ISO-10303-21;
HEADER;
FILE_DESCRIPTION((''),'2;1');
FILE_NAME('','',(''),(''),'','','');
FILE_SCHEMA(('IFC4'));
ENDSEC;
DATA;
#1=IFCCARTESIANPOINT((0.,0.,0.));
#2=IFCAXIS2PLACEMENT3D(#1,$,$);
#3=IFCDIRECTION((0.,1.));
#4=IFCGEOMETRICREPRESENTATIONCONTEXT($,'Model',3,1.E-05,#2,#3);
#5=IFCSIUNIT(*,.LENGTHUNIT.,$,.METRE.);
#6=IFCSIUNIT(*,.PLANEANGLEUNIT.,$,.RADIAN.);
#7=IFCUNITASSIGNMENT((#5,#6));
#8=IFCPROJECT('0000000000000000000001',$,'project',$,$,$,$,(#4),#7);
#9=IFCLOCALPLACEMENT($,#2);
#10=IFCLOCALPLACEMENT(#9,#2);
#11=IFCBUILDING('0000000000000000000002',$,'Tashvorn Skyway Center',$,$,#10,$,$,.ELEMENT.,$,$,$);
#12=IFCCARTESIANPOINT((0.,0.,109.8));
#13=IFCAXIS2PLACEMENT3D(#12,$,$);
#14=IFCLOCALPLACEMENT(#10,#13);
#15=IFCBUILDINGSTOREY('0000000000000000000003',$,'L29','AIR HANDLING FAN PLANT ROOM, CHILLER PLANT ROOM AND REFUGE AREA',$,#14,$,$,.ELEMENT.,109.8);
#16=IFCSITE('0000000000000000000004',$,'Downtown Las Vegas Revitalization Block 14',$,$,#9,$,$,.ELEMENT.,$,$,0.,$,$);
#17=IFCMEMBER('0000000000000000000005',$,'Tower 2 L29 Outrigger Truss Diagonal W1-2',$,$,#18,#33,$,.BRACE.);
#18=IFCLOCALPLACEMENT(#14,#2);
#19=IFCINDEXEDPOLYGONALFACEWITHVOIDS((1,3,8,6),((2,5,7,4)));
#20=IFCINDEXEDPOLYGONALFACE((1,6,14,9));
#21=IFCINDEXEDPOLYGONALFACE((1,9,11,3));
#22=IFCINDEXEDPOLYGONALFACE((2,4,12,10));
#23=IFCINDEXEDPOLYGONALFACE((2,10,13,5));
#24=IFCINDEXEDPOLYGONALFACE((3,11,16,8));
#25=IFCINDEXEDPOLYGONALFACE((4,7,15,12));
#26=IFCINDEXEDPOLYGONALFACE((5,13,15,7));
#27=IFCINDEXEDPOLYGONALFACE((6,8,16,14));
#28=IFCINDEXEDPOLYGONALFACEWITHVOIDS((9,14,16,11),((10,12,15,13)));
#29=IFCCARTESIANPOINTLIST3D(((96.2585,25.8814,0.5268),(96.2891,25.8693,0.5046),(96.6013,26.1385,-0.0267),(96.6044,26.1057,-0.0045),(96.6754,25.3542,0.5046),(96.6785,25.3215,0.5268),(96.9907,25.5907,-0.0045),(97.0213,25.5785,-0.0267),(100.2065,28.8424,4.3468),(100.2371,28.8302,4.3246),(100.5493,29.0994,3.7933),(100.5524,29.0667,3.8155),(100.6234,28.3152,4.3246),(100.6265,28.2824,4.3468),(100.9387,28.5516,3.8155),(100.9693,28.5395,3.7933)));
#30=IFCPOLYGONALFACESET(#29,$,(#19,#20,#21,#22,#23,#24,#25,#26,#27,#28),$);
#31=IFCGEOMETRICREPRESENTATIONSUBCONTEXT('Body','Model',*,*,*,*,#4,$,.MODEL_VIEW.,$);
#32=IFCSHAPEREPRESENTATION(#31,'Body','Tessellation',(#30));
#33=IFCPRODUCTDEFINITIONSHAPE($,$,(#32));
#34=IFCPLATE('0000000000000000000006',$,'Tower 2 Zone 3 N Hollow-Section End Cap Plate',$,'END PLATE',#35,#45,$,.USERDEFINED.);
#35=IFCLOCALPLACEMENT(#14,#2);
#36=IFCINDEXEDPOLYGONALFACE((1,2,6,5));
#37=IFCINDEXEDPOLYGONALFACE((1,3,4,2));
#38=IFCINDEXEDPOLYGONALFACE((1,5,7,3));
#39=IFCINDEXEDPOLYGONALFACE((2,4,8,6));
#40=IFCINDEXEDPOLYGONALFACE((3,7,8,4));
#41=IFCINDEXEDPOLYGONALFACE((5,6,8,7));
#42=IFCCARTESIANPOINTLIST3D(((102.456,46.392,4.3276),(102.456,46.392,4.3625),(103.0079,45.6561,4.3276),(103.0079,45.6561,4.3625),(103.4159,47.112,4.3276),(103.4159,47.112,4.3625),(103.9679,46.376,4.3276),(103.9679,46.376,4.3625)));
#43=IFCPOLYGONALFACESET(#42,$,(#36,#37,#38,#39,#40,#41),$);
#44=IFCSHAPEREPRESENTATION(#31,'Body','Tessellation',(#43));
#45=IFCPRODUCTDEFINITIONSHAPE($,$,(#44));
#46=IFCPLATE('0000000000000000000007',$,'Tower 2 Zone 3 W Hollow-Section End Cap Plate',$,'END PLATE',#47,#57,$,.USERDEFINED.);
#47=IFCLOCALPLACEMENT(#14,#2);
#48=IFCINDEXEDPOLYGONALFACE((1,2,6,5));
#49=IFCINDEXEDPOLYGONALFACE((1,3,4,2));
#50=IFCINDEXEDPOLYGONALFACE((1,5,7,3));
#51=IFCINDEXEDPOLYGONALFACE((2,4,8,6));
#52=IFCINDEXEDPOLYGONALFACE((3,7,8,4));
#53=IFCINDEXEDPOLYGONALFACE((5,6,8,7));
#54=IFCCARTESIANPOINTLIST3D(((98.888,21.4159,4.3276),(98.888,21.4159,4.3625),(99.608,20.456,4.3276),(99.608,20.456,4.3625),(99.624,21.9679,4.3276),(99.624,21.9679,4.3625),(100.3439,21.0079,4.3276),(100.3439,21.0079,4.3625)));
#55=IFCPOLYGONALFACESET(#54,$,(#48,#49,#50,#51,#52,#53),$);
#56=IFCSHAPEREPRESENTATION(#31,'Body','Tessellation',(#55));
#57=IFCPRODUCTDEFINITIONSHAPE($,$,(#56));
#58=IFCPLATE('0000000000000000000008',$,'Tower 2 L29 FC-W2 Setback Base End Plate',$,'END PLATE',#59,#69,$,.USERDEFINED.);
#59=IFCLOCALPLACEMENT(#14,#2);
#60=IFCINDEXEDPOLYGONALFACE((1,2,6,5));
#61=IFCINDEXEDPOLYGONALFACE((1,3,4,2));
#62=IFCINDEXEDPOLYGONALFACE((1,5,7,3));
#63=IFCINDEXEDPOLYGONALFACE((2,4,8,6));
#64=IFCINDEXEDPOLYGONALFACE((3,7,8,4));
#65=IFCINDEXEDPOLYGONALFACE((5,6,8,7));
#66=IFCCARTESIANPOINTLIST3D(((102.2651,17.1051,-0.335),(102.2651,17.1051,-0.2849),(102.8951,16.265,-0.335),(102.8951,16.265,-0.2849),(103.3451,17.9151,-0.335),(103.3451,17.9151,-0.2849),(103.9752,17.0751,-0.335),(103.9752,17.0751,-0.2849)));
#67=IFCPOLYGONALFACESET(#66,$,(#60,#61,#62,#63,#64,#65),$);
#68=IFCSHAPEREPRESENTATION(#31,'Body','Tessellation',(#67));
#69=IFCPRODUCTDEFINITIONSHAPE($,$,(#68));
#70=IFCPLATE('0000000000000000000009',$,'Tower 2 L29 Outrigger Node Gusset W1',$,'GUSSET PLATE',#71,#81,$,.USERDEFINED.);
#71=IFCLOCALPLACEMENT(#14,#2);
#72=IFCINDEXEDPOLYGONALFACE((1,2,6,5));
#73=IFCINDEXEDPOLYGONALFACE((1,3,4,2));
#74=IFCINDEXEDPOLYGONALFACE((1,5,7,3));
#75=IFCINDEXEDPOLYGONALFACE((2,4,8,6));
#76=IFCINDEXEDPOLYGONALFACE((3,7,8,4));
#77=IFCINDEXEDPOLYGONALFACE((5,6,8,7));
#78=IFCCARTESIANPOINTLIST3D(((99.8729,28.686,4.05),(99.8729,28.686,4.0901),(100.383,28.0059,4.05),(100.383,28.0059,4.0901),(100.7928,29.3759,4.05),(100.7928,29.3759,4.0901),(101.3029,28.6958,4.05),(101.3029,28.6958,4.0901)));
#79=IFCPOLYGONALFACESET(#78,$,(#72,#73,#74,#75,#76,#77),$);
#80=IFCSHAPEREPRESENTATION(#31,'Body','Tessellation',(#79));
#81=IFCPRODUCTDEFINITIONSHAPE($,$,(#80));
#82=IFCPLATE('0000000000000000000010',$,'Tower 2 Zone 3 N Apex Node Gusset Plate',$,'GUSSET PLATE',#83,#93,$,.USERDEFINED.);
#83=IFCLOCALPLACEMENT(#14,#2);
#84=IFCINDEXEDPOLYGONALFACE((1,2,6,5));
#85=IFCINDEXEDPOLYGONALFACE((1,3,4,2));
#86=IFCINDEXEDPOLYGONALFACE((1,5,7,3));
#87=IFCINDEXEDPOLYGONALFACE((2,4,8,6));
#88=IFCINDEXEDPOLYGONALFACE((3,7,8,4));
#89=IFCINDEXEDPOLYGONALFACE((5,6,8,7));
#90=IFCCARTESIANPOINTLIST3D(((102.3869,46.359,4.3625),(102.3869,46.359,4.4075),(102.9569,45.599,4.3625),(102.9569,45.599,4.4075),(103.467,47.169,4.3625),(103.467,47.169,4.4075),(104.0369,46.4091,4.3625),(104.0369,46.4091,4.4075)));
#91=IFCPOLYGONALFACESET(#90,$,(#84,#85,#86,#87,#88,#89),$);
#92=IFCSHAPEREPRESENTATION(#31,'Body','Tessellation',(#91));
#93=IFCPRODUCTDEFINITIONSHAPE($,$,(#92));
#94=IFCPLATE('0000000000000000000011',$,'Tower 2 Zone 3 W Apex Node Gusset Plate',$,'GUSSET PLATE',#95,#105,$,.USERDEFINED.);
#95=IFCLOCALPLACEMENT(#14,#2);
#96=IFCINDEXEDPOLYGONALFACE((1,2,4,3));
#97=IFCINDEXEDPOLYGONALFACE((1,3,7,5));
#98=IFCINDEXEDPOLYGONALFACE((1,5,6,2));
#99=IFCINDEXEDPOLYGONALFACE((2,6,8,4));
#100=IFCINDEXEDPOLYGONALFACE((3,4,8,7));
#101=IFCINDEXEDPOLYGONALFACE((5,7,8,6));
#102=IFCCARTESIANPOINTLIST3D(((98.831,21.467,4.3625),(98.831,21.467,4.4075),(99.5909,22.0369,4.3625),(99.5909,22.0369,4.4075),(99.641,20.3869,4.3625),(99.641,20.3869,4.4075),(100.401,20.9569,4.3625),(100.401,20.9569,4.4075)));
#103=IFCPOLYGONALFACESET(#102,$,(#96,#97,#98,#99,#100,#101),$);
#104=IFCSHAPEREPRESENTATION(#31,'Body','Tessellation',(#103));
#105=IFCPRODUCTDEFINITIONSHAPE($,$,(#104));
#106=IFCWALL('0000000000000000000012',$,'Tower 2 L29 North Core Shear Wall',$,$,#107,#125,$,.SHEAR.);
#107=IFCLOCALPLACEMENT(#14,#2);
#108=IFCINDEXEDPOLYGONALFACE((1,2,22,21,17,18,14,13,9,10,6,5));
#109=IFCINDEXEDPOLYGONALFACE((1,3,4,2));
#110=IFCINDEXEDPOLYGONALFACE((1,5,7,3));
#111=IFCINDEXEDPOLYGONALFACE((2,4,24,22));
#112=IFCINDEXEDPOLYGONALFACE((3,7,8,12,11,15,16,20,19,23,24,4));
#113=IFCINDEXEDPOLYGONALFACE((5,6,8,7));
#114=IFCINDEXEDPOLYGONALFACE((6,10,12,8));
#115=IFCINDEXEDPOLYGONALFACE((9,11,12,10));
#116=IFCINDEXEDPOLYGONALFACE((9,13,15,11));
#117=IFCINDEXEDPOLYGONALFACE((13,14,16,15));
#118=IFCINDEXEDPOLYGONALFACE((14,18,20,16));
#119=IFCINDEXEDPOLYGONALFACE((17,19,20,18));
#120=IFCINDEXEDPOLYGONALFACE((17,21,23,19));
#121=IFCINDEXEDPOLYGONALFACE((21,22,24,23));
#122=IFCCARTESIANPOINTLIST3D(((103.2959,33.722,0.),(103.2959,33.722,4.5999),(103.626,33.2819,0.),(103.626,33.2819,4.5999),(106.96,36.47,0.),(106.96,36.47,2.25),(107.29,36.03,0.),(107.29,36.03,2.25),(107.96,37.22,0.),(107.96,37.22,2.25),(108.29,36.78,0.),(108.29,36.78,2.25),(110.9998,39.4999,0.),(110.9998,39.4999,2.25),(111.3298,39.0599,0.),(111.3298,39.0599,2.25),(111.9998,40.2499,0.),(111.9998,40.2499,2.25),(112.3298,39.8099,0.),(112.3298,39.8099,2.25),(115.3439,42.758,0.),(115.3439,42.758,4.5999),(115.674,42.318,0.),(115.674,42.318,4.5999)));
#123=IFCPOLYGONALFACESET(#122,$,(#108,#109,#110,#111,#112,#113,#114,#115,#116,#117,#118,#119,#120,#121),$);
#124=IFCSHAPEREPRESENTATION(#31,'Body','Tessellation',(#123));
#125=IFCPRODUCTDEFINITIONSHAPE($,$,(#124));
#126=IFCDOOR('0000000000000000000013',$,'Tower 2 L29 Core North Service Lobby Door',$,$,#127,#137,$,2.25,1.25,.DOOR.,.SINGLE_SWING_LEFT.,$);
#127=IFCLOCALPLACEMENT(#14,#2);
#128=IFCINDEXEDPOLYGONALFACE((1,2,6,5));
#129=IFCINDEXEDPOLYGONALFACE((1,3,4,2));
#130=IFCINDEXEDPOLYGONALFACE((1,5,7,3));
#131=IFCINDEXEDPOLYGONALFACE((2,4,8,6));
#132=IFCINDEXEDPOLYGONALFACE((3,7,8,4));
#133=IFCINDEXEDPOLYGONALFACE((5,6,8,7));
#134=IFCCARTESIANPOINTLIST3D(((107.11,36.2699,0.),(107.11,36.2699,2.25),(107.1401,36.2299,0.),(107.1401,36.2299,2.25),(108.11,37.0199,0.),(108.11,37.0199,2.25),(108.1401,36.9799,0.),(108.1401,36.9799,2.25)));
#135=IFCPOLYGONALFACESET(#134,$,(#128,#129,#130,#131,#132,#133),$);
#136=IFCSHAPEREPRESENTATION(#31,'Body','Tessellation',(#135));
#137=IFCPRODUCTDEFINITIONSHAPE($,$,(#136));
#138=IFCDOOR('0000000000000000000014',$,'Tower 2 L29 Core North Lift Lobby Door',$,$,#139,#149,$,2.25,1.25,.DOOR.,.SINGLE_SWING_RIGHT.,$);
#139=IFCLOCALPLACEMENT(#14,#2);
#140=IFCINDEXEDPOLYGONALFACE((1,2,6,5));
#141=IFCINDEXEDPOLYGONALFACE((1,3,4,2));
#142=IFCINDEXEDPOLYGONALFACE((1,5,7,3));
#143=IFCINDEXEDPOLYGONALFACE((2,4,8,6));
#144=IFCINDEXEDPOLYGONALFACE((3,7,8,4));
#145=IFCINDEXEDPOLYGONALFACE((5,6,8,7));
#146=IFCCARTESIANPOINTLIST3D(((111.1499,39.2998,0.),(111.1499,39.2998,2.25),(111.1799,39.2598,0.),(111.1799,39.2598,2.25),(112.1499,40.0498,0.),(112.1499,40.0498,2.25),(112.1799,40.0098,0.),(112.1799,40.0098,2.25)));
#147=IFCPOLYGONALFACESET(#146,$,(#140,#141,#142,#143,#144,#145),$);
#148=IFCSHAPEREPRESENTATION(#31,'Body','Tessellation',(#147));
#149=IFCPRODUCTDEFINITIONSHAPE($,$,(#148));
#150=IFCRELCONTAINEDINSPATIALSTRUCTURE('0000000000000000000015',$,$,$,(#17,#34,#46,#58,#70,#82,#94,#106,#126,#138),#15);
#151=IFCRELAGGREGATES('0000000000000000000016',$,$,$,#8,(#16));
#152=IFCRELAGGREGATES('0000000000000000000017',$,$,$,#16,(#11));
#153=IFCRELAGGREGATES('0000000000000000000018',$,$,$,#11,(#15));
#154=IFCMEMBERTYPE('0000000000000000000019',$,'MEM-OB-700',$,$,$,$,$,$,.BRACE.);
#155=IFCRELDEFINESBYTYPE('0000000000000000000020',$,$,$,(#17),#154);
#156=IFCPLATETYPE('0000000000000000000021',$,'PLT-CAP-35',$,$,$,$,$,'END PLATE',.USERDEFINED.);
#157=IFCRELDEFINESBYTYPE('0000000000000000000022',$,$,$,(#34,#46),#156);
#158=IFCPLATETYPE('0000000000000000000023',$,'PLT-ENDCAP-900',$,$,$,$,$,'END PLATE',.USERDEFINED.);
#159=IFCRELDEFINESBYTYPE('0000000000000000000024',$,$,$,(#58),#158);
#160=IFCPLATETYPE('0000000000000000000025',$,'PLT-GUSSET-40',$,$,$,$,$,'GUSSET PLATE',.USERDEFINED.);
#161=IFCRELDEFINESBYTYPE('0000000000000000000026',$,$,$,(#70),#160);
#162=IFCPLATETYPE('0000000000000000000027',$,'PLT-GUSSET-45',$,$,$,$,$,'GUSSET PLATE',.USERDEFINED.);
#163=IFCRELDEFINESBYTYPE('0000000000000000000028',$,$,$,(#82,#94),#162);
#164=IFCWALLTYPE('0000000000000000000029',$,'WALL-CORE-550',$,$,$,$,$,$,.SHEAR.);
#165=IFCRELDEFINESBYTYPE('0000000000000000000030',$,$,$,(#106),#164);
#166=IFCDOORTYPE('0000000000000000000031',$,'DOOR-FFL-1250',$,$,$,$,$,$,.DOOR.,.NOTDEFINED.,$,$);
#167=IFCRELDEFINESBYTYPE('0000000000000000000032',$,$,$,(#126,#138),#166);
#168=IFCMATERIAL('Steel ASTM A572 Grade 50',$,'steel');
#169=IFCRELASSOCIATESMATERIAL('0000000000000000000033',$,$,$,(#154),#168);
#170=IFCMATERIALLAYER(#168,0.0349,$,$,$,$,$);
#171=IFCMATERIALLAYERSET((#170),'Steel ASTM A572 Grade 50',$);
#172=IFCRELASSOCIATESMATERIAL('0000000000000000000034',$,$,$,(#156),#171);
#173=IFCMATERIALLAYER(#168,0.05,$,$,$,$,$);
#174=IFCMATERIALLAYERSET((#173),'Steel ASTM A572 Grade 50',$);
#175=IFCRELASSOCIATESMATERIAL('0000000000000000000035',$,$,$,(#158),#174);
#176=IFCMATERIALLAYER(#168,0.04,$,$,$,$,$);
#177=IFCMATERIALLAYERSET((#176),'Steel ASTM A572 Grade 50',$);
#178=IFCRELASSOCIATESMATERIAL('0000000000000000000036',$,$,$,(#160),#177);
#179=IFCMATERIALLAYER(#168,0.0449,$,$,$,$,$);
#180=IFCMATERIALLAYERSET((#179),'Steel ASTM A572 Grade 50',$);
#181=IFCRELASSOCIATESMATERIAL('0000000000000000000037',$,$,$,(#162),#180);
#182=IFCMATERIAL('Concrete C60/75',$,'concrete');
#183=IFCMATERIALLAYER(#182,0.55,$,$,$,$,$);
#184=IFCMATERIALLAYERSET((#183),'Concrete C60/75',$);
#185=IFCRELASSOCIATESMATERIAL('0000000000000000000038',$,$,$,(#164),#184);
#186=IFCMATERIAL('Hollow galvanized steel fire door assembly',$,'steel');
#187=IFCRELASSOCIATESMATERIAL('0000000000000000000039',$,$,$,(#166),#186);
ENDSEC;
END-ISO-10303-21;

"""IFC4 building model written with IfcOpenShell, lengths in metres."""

from ifc_helpers import new_model, si_unit, direction, frame, frame_2d, origin, origin_2d, place, context, subcontext, project, spatial, rectangle, hollow_rectangle, extrude, material, layer, layer_set, material_profile, profile_set, type_object, element, fill, save


model = new_model("IFC4")

# Units and contexts
model_context = context("Model", 3, precision=1e-05, world=origin(), true_north=direction((0.0, 1.0)))
body_context = subcontext(model_context, "Body", "Model", "MODEL_VIEW")
ifc_project = project(units=[si_unit("LENGTHUNIT", "METRE"), si_unit("PLANEANGLEUNIT", "RADIAN")], contexts=[model_context])

# Site, building, storey
site_placement = place(None, origin())
site = spatial("IfcSite", under=ifc_project, at=site_placement, Name="Downtown Las Vegas Revitalization Block 14", CompositionType="ELEMENT", RefElevation=0.0)
building_placement = place(site_placement, origin())
building = spatial("IfcBuilding", under=site, at=building_placement, Name="Tashvorn Skyway Center", CompositionType="ELEMENT")
storey_placement = place(building_placement, frame((0.0, 0.0, 109.8)))
storey = spatial("IfcBuildingStorey", under=building, at=storey_placement, Name="L29", Description="AIR HANDLING FAN PLANT ROOM, CHILLER PLANT ROOM AND REFUGE AREA", CompositionType="ELEMENT", Elevation=109.8)

# Shared definitions
ifc_material_1 = material(Name="Steel ASTM A572 Grade 50", Category="steel")

# Member
ifc_material_profile_1 = material_profile(ifc_material_1, hollow_rectangle(XDim=0.7, YDim=0.7, WallThickness=0.0281, at=origin_2d()), Name="BOX700x700x28")
ifc_profile_set_1 = profile_set([ifc_material_profile_1], Name="Steel ASTM A572 Grade 50")
member_type_1 = type_object("IfcMemberType", Name="MEM-OB-700", PredefinedType="BRACE", material=ifc_profile_set_1)
member_1_placement = place(storey_placement, frame((100.5879, 28.6909, 4.0701), z_axis=(-0.632618, -0.474453, -0.612118), x_axis=(0.599992, -0.800006, 0.0)))
element("IfcMember", 1, at=member_1_placement, inside=storey, type_object=member_type_1, Name="Tower 2 L29 Outrigger Truss Diagonal W1-2", PredefinedType="BRACE", context=body_context, shape_type="SweptSolid", body=[
    extrude(hollow_rectangle(XDim=0.7, YDim=0.7, WallThickness=0.0281, at=origin_2d()), origin(), (0.0, 0.0, 1.0), 6.2407),
])

# Plates
ifc_layer_1 = layer(ifc_material_1, 0.0349)
ifc_layer_set_1 = layer_set([ifc_layer_1], Name="Steel ASTM A572 Grade 50")
plate_type_1 = type_object("IfcPlateType", Name="PLT-CAP-35", ElementType="END PLATE", PredefinedType="USERDEFINED", material=ifc_layer_set_1)
for number, where, z_axis, x_axis, name in (
    (2, (103.2119, 46.384, 4.3276), (0.0, 0.0, 1.0), (-0.8, -0.6, 0.0), "Tower 2 Zone 3 N Hollow-Section End Cap Plate"),
    (3, (99.616, 21.2119, 4.3276), (0.0, 0.0, 1.0), (0.6, -0.8, 0.0), "Tower 2 Zone 3 W Hollow-Section End Cap Plate"),
):
    element("IfcPlate", number, at=place(storey_placement, frame(where, z_axis=z_axis, x_axis=x_axis)), inside=storey, type_object=plate_type_1, Name=name, ObjectType="END PLATE", PredefinedType="USERDEFINED", context=body_context, shape_type="SweptSolid", body=[
        extrude(rectangle(XDim=1.2, YDim=0.9199, at=origin_2d()), origin(), (0.0, 0.0, 1.0), 0.0349),
    ])
ifc_layer_2 = layer(ifc_material_1, 0.05)
ifc_layer_set_2 = layer_set([ifc_layer_2], Name="Steel ASTM A572 Grade 50")
plate_type_2 = type_object("IfcPlateType", Name="PLT-ENDCAP-900", ElementType="END PLATE", PredefinedType="USERDEFINED", material=ifc_layer_set_2)
plate_1_placement = place(storey_placement, frame((103.1201, 17.0901, -0.335), z_axis=(0.0, 0.0, 1.0), x_axis=(0.8, 0.6, 0.0)))
element("IfcPlate", 4, at=plate_1_placement, inside=storey, type_object=plate_type_2, Name="Tower 2 L29 FC-W2 Setback Base End Plate", ObjectType="END PLATE", PredefinedType="USERDEFINED", context=body_context, shape_type="SweptSolid", body=[
    extrude(rectangle(XDim=1.3501, YDim=1.05, at=origin_2d()), origin(), (0.0, 0.0, 1.0), 0.05),
])
ifc_layer_3 = layer(ifc_material_1, 0.04)
ifc_layer_set_3 = layer_set([ifc_layer_3], Name="Steel ASTM A572 Grade 50")
plate_type_3 = type_object("IfcPlateType", Name="PLT-GUSSET-40", ElementType="GUSSET PLATE", PredefinedType="USERDEFINED", material=ifc_layer_set_3)
plate_2_placement = place(storey_placement, frame((100.5879, 28.6909, 4.05), z_axis=(0.0, 0.0, 1.0), x_axis=(0.8, 0.6, 0.0)))
element("IfcPlate", 5, at=plate_2_placement, inside=storey, type_object=plate_type_3, Name="Tower 2 L29 Outrigger Node Gusset W1", ObjectType="GUSSET PLATE", PredefinedType="USERDEFINED", context=body_context, shape_type="SweptSolid", body=[
    extrude(rectangle(XDim=1.1499, YDim=0.8501, at=origin_2d()), origin(), (0.0, 0.0, 1.0), 0.04),
])
ifc_layer_4 = layer(ifc_material_1, 0.0449)
ifc_layer_set_4 = layer_set([ifc_layer_4], Name="Steel ASTM A572 Grade 50")
plate_type_4 = type_object("IfcPlateType", Name="PLT-GUSSET-45", ElementType="GUSSET PLATE", PredefinedType="USERDEFINED", material=ifc_layer_set_4)
for number, where, z_axis, x_axis, name in (
    (6, (103.2119, 46.384, 4.3625), (0.0, 0.0, 1.0), (-0.8, -0.6, 0.0), "Tower 2 Zone 3 N Apex Node Gusset Plate"),
    (7, (99.616, 21.2119, 4.3625), (0.0, 0.0, 1.0), (0.6, -0.8, 0.0), "Tower 2 Zone 3 W Apex Node Gusset Plate"),
):
    element("IfcPlate", number, at=place(storey_placement, frame(where, z_axis=z_axis, x_axis=x_axis)), inside=storey, type_object=plate_type_4, Name=name, ObjectType="GUSSET PLATE", PredefinedType="USERDEFINED", context=body_context, shape_type="SweptSolid", body=[
        extrude(rectangle(XDim=1.3501, YDim=0.95, at=origin_2d()), origin(), (0.0, 0.0, 1.0), 0.0449),
    ])

# Wall, openings, doors
ifc_material_2 = material(Name="Concrete C60/75", Category="concrete")
ifc_layer_5 = layer(ifc_material_2, 0.55)
ifc_layer_set_5 = layer_set([ifc_layer_5], Name="Concrete C60/75")
wall_type_1 = type_object("IfcWallType", Name="WALL-CORE-550", PredefinedType="SHEAR", material=ifc_layer_set_5)
wall_1_placement = place(storey_placement, frame((103.4609, 33.502, 0.0), z_axis=(0.0, 0.0, 1.0), x_axis=(0.799998, 0.600003, 0.0)))
wall_1 = element("IfcWall", 8, at=wall_1_placement, inside=storey, type_object=wall_type_1, Name="Tower 2 L29 North Core Shear Wall", PredefinedType="SHEAR", context=body_context, shape_type="SweptSolid", body=[
    extrude(rectangle(XDim=15.0601, YDim=0.55, at=frame_2d((7.53, 0.0))), origin(), (0.0, 0.0, 1.0), 4.5999),
])
opening_1_placement = place(wall_1_placement, frame((4.5801, 0.0, 0.0)))
opening_1 = element("IfcOpeningElement", 9, at=opening_1_placement, cuts=wall_1, PredefinedType="OPENING", context=body_context, shape_type="SweptSolid", body=[
    extrude(rectangle(XDim=1.25, YDim=2.25, at=frame_2d((0.625, 1.125))), frame((0.0, 0.2849, 0.0), z_axis=(0.0, -1.0, 0.0), x_axis=(1.0, 0.0, 0.0)), (0.0, 0.0, 1.0), 0.5701),
])
opening_2_placement = place(wall_1_placement, frame((9.6299, 0.0, 0.0)))
opening_2 = element("IfcOpeningElement", 10, at=opening_2_placement, cuts=wall_1, PredefinedType="OPENING", context=body_context, shape_type="SweptSolid", body=[
    extrude(rectangle(XDim=1.25, YDim=2.25, at=frame_2d((0.625, 1.125))), frame((0.0, 0.2849, 0.0), z_axis=(0.0, -1.0, 0.0), x_axis=(1.0, 0.0, 0.0)), (0.0, 0.0, 1.0), 0.5701),
])
ifc_material_3 = material(Name="Hollow galvanized steel fire door assembly", Category="steel")
door_type_1 = type_object("IfcDoorType", Name="DOOR-FFL-1250", OperationType="NOTDEFINED", PredefinedType="DOOR", material=ifc_material_3)
door_1_placement = place(opening_1_placement, origin())
door_1 = element("IfcDoor", 11, at=door_1_placement, inside=storey, type_object=door_type_1, Name="Tower 2 L29 Core North Service Lobby Door", OperationType="SINGLE_SWING_LEFT", OverallHeight=2.25, OverallWidth=1.25, PredefinedType="DOOR", context=body_context, shape_type="SweptSolid", body=[
    extrude(rectangle(XDim=1.25, YDim=2.25, at=frame_2d((0.625, 1.125))), frame((0.0, 0.0249, 0.0), z_axis=(0.0, -1.0, 0.0), x_axis=(1.0, 0.0, 0.0)), (0.0, 0.0, 1.0), 0.05),
])
fill(opening_1, door_1)
door_2_placement = place(opening_2_placement, origin())
door_2 = element("IfcDoor", 12, at=door_2_placement, inside=storey, type_object=door_type_1, Name="Tower 2 L29 Core North Lift Lobby Door", OperationType="SINGLE_SWING_RIGHT", OverallHeight=2.25, OverallWidth=1.25, PredefinedType="DOOR", context=body_context, shape_type="SweptSolid", body=[
    extrude(rectangle(XDim=1.25, YDim=2.25, at=frame_2d((0.625, 1.125))), frame((0.0, 0.0249, 0.0), z_axis=(0.0, -1.0, 0.0), x_axis=(1.0, 0.0, 0.0)), (0.0, 0.0, 1.0), 0.05),
])
fill(opening_2, door_2)

save(model, "model.ifc")
